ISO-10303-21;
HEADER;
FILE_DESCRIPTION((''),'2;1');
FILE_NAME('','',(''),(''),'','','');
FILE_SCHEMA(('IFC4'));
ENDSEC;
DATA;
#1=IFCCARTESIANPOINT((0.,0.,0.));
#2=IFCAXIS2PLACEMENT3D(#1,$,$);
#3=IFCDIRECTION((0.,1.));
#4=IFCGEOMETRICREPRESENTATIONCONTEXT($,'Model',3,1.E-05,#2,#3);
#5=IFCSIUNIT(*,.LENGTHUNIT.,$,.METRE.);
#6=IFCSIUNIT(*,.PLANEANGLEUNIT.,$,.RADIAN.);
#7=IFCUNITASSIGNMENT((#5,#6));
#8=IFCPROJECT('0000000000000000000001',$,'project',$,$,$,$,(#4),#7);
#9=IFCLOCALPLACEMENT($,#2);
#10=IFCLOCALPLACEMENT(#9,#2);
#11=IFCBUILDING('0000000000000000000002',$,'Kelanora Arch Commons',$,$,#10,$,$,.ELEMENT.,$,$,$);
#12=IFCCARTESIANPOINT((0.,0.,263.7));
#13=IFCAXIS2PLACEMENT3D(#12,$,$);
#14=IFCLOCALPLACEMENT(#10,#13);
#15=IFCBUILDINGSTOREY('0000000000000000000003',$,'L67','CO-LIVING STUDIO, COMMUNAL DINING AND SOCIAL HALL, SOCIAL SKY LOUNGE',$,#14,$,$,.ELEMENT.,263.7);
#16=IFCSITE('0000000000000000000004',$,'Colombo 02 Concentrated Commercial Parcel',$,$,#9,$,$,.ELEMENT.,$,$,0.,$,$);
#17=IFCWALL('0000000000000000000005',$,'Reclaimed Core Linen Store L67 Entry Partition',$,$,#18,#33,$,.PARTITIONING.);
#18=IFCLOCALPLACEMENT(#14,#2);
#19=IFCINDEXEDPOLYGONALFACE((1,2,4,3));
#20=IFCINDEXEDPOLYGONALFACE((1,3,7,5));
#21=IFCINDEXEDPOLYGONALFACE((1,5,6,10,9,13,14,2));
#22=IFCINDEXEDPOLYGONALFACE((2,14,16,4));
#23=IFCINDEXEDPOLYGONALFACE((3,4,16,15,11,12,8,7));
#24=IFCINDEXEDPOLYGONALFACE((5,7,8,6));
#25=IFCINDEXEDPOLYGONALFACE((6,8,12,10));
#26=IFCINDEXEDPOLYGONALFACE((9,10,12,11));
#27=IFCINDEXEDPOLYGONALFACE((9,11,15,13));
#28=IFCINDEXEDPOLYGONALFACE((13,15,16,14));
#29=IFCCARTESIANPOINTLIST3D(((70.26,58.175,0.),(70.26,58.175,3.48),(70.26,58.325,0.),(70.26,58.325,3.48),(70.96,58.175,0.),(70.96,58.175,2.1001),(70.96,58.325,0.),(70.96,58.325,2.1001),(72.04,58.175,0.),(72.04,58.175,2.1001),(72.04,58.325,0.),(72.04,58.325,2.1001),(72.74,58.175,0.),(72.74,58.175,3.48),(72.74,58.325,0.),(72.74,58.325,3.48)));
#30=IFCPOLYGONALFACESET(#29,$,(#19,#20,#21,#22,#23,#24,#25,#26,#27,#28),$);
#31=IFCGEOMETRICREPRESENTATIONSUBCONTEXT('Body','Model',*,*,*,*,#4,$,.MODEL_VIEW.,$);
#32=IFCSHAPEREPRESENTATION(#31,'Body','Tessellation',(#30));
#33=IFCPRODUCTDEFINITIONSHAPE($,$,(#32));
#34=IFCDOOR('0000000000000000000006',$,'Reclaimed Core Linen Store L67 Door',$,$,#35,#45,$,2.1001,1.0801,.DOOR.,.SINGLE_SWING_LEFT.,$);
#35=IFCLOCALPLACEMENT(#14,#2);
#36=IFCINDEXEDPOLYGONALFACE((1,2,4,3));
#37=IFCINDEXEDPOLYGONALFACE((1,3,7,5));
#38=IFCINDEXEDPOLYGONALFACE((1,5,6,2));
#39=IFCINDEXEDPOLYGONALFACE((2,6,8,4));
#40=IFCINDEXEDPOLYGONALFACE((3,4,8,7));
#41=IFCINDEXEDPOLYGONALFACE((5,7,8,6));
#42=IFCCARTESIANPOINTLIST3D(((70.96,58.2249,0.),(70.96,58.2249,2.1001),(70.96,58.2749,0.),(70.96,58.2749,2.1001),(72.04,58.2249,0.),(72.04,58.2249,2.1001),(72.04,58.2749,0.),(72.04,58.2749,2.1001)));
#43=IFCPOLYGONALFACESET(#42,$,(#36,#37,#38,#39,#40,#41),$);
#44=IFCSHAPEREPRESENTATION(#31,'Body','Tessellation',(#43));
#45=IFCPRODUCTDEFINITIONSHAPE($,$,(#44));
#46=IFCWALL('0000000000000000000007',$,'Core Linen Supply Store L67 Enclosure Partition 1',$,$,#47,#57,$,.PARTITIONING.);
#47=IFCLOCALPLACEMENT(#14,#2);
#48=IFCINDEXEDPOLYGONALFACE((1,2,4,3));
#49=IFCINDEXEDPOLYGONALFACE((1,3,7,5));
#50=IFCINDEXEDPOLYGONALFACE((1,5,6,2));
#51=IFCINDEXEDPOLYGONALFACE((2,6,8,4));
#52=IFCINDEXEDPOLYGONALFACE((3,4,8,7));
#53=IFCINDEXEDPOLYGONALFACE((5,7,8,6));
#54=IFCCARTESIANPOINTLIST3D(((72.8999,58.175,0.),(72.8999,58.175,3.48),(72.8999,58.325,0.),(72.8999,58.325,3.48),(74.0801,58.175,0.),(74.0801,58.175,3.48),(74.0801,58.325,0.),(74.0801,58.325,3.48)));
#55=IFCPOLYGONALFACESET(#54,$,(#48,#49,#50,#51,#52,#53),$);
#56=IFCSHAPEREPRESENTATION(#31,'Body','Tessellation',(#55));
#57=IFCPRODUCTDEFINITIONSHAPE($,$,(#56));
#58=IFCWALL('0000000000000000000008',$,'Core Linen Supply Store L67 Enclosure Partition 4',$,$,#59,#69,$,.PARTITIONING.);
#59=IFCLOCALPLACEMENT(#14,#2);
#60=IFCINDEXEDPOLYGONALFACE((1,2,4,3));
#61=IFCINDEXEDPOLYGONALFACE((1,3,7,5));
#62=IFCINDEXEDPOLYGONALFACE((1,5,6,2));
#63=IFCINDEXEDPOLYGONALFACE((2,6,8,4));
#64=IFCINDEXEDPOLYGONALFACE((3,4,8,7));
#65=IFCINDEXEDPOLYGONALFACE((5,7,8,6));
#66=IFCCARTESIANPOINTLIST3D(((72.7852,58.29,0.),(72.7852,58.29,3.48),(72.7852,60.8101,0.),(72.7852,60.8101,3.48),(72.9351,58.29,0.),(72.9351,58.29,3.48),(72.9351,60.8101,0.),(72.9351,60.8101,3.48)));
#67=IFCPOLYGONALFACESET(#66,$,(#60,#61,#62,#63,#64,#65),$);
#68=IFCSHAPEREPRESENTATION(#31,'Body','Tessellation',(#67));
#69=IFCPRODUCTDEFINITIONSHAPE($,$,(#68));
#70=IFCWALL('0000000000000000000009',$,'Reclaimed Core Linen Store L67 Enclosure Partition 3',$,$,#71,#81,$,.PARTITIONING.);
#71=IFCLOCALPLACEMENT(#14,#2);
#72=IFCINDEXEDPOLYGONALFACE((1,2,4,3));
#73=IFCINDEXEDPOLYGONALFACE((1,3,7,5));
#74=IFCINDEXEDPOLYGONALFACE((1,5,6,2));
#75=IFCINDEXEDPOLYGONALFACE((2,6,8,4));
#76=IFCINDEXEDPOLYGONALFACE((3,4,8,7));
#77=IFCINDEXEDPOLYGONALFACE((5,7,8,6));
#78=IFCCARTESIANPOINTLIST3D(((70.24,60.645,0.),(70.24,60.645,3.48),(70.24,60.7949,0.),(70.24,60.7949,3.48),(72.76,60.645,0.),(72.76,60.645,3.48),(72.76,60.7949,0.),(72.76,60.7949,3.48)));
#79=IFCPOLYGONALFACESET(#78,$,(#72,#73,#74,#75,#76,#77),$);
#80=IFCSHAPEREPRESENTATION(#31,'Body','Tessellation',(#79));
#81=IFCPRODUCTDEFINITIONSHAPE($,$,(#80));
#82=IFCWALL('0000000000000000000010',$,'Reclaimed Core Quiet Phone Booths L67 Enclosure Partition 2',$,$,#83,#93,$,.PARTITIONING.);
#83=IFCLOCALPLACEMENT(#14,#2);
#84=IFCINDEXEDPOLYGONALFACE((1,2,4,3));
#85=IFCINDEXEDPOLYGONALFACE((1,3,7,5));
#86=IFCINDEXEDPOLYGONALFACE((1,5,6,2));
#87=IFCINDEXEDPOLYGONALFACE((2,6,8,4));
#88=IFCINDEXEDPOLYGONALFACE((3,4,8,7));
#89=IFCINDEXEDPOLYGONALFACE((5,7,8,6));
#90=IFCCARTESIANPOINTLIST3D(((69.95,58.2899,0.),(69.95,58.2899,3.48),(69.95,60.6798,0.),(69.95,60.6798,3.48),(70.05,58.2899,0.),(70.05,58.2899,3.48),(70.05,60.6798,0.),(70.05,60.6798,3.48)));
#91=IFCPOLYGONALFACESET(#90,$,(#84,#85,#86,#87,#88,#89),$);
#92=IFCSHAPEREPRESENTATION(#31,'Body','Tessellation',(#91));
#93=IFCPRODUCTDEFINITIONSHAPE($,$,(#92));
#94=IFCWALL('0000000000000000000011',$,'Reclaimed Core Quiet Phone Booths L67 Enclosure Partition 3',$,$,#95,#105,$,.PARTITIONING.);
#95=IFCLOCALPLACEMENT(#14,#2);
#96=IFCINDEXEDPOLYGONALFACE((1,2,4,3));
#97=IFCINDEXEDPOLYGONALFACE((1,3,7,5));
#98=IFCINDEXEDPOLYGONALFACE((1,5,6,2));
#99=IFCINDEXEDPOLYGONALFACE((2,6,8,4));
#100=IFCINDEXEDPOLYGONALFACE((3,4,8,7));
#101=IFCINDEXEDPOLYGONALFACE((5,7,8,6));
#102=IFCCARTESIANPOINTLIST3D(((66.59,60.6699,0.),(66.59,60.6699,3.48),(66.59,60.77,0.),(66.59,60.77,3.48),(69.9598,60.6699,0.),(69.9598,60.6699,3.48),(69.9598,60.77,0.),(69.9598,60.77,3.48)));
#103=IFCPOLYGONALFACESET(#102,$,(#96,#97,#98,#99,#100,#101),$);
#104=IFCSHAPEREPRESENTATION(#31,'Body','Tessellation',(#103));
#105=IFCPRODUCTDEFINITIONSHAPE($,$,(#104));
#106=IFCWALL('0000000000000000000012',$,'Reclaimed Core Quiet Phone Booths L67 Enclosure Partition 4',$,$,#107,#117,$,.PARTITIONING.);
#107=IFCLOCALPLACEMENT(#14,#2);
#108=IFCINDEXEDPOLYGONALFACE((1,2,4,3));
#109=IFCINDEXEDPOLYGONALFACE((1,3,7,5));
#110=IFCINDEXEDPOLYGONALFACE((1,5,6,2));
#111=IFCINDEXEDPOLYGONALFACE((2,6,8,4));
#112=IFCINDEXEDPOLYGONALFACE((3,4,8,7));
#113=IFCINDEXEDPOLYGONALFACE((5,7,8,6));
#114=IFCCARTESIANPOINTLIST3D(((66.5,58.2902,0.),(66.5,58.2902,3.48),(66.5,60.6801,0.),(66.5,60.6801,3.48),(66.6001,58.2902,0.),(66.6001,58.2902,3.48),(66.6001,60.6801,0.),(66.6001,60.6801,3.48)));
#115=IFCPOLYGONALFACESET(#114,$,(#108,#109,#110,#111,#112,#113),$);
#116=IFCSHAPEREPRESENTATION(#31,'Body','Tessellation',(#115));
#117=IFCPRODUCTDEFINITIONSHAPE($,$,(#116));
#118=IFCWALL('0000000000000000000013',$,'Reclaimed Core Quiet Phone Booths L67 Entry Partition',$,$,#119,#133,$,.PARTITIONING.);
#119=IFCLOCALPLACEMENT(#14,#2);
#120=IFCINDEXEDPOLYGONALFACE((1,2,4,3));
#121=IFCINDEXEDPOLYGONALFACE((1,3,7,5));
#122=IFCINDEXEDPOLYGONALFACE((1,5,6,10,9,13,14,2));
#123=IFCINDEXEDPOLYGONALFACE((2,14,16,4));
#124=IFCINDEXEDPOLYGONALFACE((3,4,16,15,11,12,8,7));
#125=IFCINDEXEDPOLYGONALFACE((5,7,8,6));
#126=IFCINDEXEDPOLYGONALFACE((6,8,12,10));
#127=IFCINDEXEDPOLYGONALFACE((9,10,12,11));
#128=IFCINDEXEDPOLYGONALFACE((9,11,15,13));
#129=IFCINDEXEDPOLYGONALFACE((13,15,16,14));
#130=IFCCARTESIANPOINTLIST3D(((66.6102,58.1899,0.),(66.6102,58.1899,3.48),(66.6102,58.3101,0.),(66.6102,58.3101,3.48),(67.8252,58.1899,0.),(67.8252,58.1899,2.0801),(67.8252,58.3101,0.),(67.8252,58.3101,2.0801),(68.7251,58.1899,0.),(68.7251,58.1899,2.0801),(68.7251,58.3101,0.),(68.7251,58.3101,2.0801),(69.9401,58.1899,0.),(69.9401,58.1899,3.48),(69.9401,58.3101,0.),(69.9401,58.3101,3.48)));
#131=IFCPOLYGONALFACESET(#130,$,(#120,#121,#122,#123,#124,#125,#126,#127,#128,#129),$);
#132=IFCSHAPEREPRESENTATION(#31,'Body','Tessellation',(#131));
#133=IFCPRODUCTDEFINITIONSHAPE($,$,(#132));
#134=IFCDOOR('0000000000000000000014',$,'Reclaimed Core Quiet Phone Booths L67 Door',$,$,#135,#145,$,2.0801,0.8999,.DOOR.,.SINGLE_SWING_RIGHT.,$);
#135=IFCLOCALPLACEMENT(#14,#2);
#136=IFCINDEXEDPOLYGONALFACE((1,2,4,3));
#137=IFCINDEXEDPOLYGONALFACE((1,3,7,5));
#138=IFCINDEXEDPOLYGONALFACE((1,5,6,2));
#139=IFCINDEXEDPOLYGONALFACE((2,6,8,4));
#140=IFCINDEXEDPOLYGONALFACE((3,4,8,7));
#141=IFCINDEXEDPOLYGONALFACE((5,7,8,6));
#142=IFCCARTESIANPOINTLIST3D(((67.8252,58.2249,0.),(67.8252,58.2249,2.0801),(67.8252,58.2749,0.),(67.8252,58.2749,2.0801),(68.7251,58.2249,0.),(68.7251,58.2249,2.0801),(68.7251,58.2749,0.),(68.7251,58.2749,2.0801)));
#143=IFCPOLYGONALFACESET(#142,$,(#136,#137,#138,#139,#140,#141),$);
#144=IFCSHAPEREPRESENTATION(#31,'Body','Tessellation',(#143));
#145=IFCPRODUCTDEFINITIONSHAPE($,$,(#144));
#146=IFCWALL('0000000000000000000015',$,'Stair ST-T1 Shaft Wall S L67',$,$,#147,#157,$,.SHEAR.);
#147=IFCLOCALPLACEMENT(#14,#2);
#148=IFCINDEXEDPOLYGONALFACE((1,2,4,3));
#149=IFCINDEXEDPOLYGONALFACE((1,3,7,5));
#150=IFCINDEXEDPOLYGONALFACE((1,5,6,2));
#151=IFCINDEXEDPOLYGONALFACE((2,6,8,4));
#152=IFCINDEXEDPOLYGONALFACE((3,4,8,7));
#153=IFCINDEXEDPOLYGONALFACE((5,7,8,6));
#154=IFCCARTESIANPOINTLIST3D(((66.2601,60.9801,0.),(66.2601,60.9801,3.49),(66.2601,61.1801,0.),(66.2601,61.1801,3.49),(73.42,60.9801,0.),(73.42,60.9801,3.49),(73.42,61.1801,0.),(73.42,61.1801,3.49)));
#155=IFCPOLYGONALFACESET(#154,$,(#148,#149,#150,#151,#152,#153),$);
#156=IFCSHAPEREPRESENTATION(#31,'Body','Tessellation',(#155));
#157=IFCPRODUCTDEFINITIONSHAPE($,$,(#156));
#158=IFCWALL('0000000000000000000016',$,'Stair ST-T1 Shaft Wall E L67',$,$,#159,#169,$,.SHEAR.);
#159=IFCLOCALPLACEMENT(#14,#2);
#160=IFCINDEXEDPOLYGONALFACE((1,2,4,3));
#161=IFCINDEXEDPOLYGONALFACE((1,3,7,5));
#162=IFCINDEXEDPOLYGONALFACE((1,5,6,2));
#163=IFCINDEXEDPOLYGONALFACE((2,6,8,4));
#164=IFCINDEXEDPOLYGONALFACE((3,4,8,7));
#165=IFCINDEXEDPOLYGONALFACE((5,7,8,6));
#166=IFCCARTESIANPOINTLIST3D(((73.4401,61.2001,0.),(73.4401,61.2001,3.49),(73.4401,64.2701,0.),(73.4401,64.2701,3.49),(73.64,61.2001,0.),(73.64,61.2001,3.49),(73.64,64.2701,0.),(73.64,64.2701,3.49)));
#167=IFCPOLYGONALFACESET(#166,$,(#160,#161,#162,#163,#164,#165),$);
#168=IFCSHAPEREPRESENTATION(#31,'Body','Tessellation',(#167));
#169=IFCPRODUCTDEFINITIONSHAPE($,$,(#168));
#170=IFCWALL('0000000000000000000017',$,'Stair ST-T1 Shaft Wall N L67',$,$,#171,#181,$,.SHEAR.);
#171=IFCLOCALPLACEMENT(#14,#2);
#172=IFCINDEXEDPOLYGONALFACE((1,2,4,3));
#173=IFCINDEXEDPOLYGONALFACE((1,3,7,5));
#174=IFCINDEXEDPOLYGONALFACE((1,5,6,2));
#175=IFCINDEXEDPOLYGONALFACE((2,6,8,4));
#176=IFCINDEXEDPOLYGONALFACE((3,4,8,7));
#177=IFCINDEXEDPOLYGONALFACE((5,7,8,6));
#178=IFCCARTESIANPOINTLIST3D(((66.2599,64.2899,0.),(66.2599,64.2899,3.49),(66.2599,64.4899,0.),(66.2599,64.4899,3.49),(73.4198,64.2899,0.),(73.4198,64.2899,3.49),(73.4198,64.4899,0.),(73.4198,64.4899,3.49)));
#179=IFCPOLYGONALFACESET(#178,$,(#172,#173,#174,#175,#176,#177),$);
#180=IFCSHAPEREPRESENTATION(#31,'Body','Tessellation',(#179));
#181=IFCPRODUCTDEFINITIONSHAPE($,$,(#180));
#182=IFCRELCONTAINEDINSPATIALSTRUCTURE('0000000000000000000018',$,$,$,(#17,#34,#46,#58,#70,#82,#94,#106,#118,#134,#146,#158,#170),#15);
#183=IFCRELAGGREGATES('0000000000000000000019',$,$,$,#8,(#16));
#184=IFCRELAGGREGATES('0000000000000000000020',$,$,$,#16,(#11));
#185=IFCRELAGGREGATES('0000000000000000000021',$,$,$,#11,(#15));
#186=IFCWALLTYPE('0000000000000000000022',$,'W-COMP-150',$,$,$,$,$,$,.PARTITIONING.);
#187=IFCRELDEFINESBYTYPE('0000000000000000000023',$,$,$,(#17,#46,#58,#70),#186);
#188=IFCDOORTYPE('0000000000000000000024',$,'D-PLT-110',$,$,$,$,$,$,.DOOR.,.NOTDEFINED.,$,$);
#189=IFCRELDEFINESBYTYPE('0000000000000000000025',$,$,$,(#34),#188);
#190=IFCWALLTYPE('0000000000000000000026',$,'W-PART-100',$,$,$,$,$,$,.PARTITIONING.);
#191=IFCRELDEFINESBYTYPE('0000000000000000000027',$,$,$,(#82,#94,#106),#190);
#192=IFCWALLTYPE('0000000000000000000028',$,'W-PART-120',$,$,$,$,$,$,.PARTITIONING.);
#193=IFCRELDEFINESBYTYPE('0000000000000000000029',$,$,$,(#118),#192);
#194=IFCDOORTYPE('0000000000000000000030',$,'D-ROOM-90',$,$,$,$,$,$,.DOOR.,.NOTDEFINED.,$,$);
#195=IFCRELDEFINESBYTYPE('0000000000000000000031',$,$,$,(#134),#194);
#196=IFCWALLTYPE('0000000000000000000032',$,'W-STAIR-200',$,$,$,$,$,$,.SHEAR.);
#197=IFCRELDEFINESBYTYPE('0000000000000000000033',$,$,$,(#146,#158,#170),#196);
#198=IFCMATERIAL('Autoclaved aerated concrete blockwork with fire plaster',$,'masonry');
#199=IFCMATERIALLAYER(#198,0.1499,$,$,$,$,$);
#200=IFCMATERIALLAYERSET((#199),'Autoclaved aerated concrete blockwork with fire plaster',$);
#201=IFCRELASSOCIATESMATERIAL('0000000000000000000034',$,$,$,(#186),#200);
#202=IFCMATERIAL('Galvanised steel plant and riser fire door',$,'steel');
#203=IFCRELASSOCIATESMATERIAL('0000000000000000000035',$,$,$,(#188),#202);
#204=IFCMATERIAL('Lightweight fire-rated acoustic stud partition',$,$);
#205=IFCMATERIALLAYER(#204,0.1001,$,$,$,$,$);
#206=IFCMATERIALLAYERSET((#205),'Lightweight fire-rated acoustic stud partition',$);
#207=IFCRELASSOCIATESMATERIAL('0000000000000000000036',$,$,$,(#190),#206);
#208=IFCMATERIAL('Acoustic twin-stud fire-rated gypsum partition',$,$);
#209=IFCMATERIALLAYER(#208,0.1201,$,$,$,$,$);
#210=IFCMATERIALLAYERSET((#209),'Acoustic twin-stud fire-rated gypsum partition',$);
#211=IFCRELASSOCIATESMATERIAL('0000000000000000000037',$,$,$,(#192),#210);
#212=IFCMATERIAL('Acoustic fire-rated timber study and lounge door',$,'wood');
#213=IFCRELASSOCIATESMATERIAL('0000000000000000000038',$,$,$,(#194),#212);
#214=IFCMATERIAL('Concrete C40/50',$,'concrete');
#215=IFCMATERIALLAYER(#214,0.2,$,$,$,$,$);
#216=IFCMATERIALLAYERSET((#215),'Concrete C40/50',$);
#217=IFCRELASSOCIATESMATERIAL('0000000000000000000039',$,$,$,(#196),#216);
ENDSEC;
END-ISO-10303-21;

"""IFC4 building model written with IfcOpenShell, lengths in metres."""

from ifc_helpers import new_model, si_unit, direction, frame, frame_2d, origin, place, context, subcontext, project, spatial, rectangle, extrude, material, layer, layer_set, type_object, element, fill, save


model = new_model("IFC4")

# Units and contexts
model_context = context("Model", 3, precision=1e-05, world=origin(), true_north=direction((0.0, 1.0)))
body_context = subcontext(model_context, "Body", "Model", "MODEL_VIEW")
ifc_project = project(units=[si_unit("LENGTHUNIT", "METRE"), si_unit("PLANEANGLEUNIT", "RADIAN")], contexts=[model_context])

# Site, building, storey
site_placement = place(None, origin())
site = spatial("IfcSite", under=ifc_project, at=site_placement, Name="Colombo 02 Concentrated Commercial Parcel", CompositionType="ELEMENT", RefElevation=0.0)
building_placement = place(site_placement, origin())
building = spatial("IfcBuilding", under=site, at=building_placement, Name="Kelanora Arch Commons", CompositionType="ELEMENT")
storey_placement = place(building_placement, frame((0.0, 0.0, 263.7)))
storey = spatial("IfcBuildingStorey", under=building, at=storey_placement, Name="L67", Description="CO-LIVING STUDIO, COMMUNAL DINING AND SOCIAL HALL, SOCIAL SKY LOUNGE", CompositionType="ELEMENT", Elevation=263.7)

# Wall, opening, door
ifc_material_1 = material(Name="Autoclaved aerated concrete blockwork with fire plaster", Category="masonry")
ifc_layer_1 = layer(ifc_material_1, 0.1499)
ifc_layer_set_1 = layer_set([ifc_layer_1], Name="Autoclaved aerated concrete blockwork with fire plaster")
wall_type_1 = type_object("IfcWallType", Name="W-COMP-150", PredefinedType="PARTITIONING", material=ifc_layer_set_1)
wall_1_placement = place(storey_placement, frame((70.26, 58.25, 0.0), z_axis=(0.0, 0.0, 1.0), x_axis=(1.0, 0.0, 0.0)))
wall_1 = element("IfcWall", 1, at=wall_1_placement, inside=storey, type_object=wall_type_1, Name="Reclaimed Core Linen Store L67 Entry Partition", PredefinedType="PARTITIONING", context=body_context, shape_type="SweptSolid", body=[
    extrude(rectangle(XDim=2.48, YDim=0.1499, at=frame_2d((1.24, 0.0))), origin(), (0.0, 0.0, 1.0), 3.48),
])
opening_1_placement = place(wall_1_placement, frame((0.7, 0.0, 0.0)))
opening_1 = element("IfcOpeningElement", 2, at=opening_1_placement, cuts=wall_1, PredefinedType="OPENING", context=body_context, shape_type="SweptSolid", body=[
    extrude(rectangle(XDim=1.0801, YDim=2.1001, at=frame_2d((0.54, 1.05))), frame((0.0, 0.085, 0.0), z_axis=(0.0, -1.0, 0.0), x_axis=(1.0, 0.0, 0.0)), (0.0, 0.0, 1.0), 0.1699),
])
ifc_material_2 = material(Name="Galvanised steel plant and riser fire door", Category="steel")
door_type_1 = type_object("IfcDoorType", Name="D-PLT-110", OperationType="NOTDEFINED", PredefinedType="DOOR", material=ifc_material_2)
door_1_placement = place(opening_1_placement, origin())
door_1 = element("IfcDoor", 3, at=door_1_placement, inside=storey, type_object=door_type_1, Name="Reclaimed Core Linen Store L67 Door", OperationType="SINGLE_SWING_LEFT", OverallHeight=2.1001, OverallWidth=1.0801, PredefinedType="DOOR", context=body_context, shape_type="SweptSolid", body=[
    extrude(rectangle(XDim=1.0801, YDim=2.1001, at=frame_2d((0.54, 1.05))), frame((0.0, 0.0249, 0.0), z_axis=(0.0, -1.0, 0.0), x_axis=(1.0, 0.0, 0.0)), (0.0, 0.0, 1.0), 0.05),
])
fill(opening_1, door_1)

# Walls
wall_2_placement = place(storey_placement, frame((72.8999, 58.25, 0.0), z_axis=(0.0, 0.0, 1.0), x_axis=(1.0, 0.0, 0.0)))
element("IfcWall", 4, at=wall_2_placement, inside=storey, type_object=wall_type_1, Name="Core Linen Supply Store L67 Enclosure Partition 1", PredefinedType="PARTITIONING", context=body_context, shape_type="SweptSolid", body=[
    extrude(rectangle(XDim=1.1802, YDim=0.1499, at=frame_2d((0.5901, 0.0))), origin(), (0.0, 0.0, 1.0), 3.48),
])
for number, where, z_axis, x_axis, name in (
    (5, (72.8601, 60.8101, 0.0), (0.0, 0.0, 1.0), (0.0, -1.0, 0.0), "Core Linen Supply Store L67 Enclosure Partition 4"),
    (6, (72.76, 60.72, 0.0), (0.0, 0.0, 1.0), (-1.0, 0.0, 0.0), "Reclaimed Core Linen Store L67 Enclosure Partition 3"),
):
    element("IfcWall", number, at=place(storey_placement, frame(where, z_axis=z_axis, x_axis=x_axis)), inside=storey, type_object=wall_type_1, Name=name, PredefinedType="PARTITIONING", context=body_context, shape_type="SweptSolid", body=[
        extrude(rectangle(XDim=2.52, YDim=0.1499, at=frame_2d((1.26, 0.0))), origin(), (0.0, 0.0, 1.0), 3.48),
    ])
ifc_material_3 = material(Name="Lightweight fire-rated acoustic stud partition")
ifc_layer_2 = layer(ifc_material_3, 0.1001)
ifc_layer_set_2 = layer_set([ifc_layer_2], Name="Lightweight fire-rated acoustic stud partition")
wall_type_2 = type_object("IfcWallType", Name="W-PART-100", PredefinedType="PARTITIONING", material=ifc_layer_set_2)
wall_3_placement = place(storey_placement, frame((70.0, 58.29, 0.0), z_axis=(0.0, 0.0, 1.0), x_axis=(0.0, 1.0, 0.0)))
element("IfcWall", 7, at=wall_3_placement, inside=storey, type_object=wall_type_2, Name="Reclaimed Core Quiet Phone Booths L67 Enclosure Partition 2", PredefinedType="PARTITIONING", context=body_context, shape_type="SweptSolid", body=[
    extrude(rectangle(XDim=2.3899, YDim=0.1001, at=frame_2d((1.1948, 0.0))), origin(), (0.0, 0.0, 1.0), 3.48),
])
wall_4_placement = place(storey_placement, frame((69.96, 60.72, 0.0), z_axis=(0.0, 0.0, 1.0), x_axis=(-1.0, 0.0, 0.0)))
element("IfcWall", 8, at=wall_4_placement, inside=storey, type_object=wall_type_2, Name="Reclaimed Core Quiet Phone Booths L67 Enclosure Partition 3", PredefinedType="PARTITIONING", context=body_context, shape_type="SweptSolid", body=[
    extrude(rectangle(XDim=3.3699, YDim=0.1001, at=frame_2d((1.6851, 0.0))), origin(), (0.0, 0.0, 1.0), 3.48),
])
wall_5_placement = place(storey_placement, frame((66.55, 60.6799, 0.0), z_axis=(0.0, 0.0, 1.0), x_axis=(0.0, -1.0, 0.0)))
element("IfcWall", 9, at=wall_5_placement, inside=storey, type_object=wall_type_2, Name="Reclaimed Core Quiet Phone Booths L67 Enclosure Partition 4", PredefinedType="PARTITIONING", context=body_context, shape_type="SweptSolid", body=[
    extrude(rectangle(XDim=2.3899, YDim=0.1001, at=frame_2d((1.1948, 0.0))), origin(), (0.0, 0.0, 1.0), 3.48),
])

# Wall, opening, door
ifc_material_4 = material(Name="Acoustic twin-stud fire-rated gypsum partition")
ifc_layer_3 = layer(ifc_material_4, 0.1201)
ifc_layer_set_3 = layer_set([ifc_layer_3], Name="Acoustic twin-stud fire-rated gypsum partition")
wall_type_3 = type_object("IfcWallType", Name="W-PART-120", PredefinedType="PARTITIONING", material=ifc_layer_set_3)
wall_6_placement = place(storey_placement, frame((66.6101, 58.25, 0.0), z_axis=(0.0, 0.0, 1.0), x_axis=(1.0, 0.0, 0.0)))
wall_6 = element("IfcWall", 10, at=wall_6_placement, inside=storey, type_object=wall_type_3, Name="Reclaimed Core Quiet Phone Booths L67 Entry Partition", PredefinedType="PARTITIONING", context=body_context, shape_type="SweptSolid", body=[
    extrude(rectangle(XDim=3.3298, YDim=0.1201, at=frame_2d((1.665, 0.0))), origin(), (0.0, 0.0, 1.0), 3.48),
])
opening_2_placement = place(wall_6_placement, frame((1.2151, 0.0, 0.0)))
opening_2 = element("IfcOpeningElement", 11, at=opening_2_placement, cuts=wall_6, PredefinedType="OPENING", context=body_context, shape_type="SweptSolid", body=[
    extrude(rectangle(XDim=0.8999, YDim=2.0801, at=frame_2d((0.45, 1.04))), frame((0.0, 0.0701, 0.0), z_axis=(0.0, -1.0, 0.0), x_axis=(1.0, 0.0, 0.0)), (0.0, 0.0, 1.0), 0.1401),
])
ifc_material_5 = material(Name="Acoustic fire-rated timber study and lounge door", Category="wood")
door_type_2 = type_object("IfcDoorType", Name="D-ROOM-90", OperationType="NOTDEFINED", PredefinedType="DOOR", material=ifc_material_5)
door_2_placement = place(opening_2_placement, origin())
door_2 = element("IfcDoor", 12, at=door_2_placement, inside=storey, type_object=door_type_2, Name="Reclaimed Core Quiet Phone Booths L67 Door", OperationType="SINGLE_SWING_RIGHT", OverallHeight=2.0801, OverallWidth=0.8999, PredefinedType="DOOR", context=body_context, shape_type="SweptSolid", body=[
    extrude(rectangle(XDim=0.8999, YDim=2.0801, at=frame_2d((0.45, 1.04))), frame((0.0, 0.0249, 0.0), z_axis=(0.0, -1.0, 0.0), x_axis=(1.0, 0.0, 0.0)), (0.0, 0.0, 1.0), 0.05),
])
fill(opening_2, door_2)

# Walls
ifc_material_6 = material(Name="Concrete C40/50", Category="concrete")
ifc_layer_4 = layer(ifc_material_6, 0.2)
ifc_layer_set_4 = layer_set([ifc_layer_4], Name="Concrete C40/50")
wall_type_4 = type_object("IfcWallType", Name="W-STAIR-200", PredefinedType="SHEAR", material=ifc_layer_set_4)
wall_7_placement = place(storey_placement, frame((66.26, 61.0801, 0.0), z_axis=(0.0, 0.0, 1.0), x_axis=(1.0, 0.0, 0.0)))
element("IfcWall", 13, at=wall_7_placement, inside=storey, type_object=wall_type_4, Name="Stair ST-T1 Shaft Wall S L67", PredefinedType="SHEAR", context=body_context, shape_type="SweptSolid", body=[
    extrude(rectangle(XDim=7.1599, YDim=0.2, at=frame_2d((3.5801, 0.0))), origin(), (0.0, 0.0, 1.0), 3.49),
])
wall_8_placement = place(storey_placement, frame((73.54, 61.2, 0.0), z_axis=(0.0, 0.0, 1.0), x_axis=(0.0, 1.0, 0.0)))
element("IfcWall", 14, at=wall_8_placement, inside=storey, type_object=wall_type_4, Name="Stair ST-T1 Shaft Wall E L67", PredefinedType="SHEAR", context=body_context, shape_type="SweptSolid", body=[
    extrude(rectangle(XDim=3.0701, YDim=0.2, at=frame_2d((1.5352, 0.0))), origin(), (0.0, 0.0, 1.0), 3.49),
])
wall_9_placement = place(storey_placement, frame((73.4199, 64.3899, 0.0), z_axis=(0.0, 0.0, 1.0), x_axis=(-1.0, 0.0, 0.0)))
element("IfcWall", 15, at=wall_9_placement, inside=storey, type_object=wall_type_4, Name="Stair ST-T1 Shaft Wall N L67", PredefinedType="SHEAR", context=body_context, shape_type="SweptSolid", body=[
    extrude(rectangle(XDim=7.1599, YDim=0.2, at=frame_2d((3.5801, 0.0))), origin(), (0.0, 0.0, 1.0), 3.49),
])

save(model, "model.ifc")
